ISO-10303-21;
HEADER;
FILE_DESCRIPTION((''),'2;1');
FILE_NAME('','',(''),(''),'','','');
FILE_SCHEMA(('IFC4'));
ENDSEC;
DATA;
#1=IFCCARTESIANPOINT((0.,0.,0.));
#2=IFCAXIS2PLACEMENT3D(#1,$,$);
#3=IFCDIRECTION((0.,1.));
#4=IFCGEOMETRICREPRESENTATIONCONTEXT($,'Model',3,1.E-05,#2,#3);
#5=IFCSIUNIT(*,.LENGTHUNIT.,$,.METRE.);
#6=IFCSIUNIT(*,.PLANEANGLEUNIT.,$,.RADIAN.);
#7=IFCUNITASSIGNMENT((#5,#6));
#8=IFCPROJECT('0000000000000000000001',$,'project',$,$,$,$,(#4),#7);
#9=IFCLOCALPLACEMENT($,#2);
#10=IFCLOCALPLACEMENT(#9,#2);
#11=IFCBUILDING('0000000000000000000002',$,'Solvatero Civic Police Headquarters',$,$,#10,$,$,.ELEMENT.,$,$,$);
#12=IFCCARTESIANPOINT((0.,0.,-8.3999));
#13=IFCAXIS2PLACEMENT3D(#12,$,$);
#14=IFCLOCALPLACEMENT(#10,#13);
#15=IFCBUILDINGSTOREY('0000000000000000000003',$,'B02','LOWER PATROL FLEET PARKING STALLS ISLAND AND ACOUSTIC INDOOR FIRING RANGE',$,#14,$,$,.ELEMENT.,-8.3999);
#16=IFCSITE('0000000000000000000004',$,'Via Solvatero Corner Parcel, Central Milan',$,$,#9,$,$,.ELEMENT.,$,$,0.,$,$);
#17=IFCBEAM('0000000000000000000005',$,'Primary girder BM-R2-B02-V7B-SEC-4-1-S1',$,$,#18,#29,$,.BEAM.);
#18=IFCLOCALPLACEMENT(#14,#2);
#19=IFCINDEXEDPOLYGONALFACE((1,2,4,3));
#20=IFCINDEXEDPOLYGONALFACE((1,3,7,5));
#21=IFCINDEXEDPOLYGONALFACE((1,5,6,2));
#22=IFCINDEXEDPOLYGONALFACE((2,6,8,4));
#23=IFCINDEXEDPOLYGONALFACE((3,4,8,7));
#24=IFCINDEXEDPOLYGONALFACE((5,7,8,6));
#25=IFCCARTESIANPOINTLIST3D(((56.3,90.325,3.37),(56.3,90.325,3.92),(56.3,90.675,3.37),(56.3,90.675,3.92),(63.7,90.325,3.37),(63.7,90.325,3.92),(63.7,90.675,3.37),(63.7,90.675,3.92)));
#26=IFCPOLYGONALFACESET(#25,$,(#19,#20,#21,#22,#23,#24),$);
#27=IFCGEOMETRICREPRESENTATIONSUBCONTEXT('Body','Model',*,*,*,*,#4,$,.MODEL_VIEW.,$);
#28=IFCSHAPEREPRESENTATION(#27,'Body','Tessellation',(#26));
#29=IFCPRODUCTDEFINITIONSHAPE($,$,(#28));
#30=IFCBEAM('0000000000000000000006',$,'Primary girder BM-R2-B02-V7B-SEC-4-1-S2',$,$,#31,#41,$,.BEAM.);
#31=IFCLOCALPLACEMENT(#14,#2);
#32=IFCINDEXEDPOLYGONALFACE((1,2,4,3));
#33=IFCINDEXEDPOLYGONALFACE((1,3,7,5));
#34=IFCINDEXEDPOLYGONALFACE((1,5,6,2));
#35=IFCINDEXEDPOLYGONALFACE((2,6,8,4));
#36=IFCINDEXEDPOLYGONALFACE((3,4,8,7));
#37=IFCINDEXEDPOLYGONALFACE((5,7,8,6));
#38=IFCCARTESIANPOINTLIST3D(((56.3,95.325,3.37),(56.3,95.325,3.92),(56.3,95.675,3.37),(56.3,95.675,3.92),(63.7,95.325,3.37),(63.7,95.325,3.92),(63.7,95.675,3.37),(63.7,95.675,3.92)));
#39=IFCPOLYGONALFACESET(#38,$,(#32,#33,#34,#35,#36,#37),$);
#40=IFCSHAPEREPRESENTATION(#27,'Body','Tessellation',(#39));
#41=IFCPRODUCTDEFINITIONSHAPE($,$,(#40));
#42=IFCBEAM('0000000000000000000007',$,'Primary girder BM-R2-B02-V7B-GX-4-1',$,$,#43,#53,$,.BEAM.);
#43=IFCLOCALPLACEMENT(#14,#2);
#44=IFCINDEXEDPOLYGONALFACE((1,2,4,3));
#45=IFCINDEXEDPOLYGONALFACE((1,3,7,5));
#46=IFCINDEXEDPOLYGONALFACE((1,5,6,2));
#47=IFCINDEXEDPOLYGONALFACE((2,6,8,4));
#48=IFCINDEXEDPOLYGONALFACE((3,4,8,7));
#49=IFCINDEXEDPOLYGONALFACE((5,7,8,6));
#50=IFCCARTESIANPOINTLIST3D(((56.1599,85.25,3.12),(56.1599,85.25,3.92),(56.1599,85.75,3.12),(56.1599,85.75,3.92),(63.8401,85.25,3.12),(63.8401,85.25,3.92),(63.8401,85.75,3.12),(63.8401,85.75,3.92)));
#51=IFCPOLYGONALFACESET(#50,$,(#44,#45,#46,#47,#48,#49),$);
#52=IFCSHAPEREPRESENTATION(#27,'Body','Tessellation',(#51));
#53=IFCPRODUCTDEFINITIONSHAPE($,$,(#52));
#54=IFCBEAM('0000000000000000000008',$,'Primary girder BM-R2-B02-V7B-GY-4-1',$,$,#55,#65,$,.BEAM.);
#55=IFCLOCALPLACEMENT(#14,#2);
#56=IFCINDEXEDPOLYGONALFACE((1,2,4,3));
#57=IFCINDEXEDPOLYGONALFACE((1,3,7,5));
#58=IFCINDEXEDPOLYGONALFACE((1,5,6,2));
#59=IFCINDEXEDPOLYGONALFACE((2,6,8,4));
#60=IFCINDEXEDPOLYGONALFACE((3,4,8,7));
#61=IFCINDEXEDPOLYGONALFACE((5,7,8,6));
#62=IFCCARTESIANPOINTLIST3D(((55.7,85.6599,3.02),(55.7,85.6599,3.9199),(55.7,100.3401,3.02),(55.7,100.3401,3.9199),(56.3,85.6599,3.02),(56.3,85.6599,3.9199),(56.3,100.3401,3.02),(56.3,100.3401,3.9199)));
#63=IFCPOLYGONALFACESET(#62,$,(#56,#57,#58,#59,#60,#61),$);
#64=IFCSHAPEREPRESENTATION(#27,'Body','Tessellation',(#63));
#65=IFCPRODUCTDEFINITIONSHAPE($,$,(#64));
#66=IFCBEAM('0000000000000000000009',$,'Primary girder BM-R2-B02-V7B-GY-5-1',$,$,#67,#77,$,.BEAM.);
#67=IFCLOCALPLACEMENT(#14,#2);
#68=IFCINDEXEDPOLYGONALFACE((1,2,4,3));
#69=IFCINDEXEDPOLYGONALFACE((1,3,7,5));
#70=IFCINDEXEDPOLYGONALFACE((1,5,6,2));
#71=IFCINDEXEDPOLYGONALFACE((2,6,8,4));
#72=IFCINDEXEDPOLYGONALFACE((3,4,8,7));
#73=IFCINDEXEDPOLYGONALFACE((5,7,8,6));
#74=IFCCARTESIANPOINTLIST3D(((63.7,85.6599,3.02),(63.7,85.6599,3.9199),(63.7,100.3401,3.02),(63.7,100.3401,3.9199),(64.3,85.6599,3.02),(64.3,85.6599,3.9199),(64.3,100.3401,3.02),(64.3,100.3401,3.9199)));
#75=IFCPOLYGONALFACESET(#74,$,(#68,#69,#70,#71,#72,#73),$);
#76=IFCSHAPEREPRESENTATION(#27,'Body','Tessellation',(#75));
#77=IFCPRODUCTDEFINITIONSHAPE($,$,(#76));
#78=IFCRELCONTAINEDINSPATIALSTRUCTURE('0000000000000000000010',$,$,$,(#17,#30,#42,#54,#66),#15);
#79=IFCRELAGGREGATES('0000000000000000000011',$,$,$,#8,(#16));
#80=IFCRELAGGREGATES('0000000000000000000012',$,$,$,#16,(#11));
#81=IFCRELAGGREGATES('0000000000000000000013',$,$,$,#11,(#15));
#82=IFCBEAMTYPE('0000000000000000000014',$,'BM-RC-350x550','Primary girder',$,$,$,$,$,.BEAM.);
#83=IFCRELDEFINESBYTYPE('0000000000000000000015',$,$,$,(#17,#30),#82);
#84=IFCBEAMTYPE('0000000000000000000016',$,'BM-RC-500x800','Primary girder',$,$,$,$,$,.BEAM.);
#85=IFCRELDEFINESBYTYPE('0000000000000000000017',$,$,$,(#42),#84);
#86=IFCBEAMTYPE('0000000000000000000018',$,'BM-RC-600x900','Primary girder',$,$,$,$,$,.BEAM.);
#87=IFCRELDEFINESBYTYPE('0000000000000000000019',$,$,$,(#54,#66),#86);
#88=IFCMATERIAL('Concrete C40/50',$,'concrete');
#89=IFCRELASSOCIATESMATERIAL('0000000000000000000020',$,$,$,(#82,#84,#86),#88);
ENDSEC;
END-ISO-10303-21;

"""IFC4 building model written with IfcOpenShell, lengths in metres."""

from ifc_helpers import new_model, si_unit, direction, frame, origin, origin_2d, place, context, subcontext, project, spatial, rectangle, extrude, material, material_profile, profile_set, type_object, element, save


model = new_model("IFC4")

# Units and contexts
model_context = context("Model", 3, precision=1e-05, world=origin(), true_north=direction((0.0, 1.0)))
body_context = subcontext(model_context, "Body", "Model", "MODEL_VIEW")
ifc_project = project(units=[si_unit("LENGTHUNIT", "METRE"), si_unit("PLANEANGLEUNIT", "RADIAN")], contexts=[model_context])

# Site, building, storey
site_placement = place(None, origin())
site = spatial("IfcSite", under=ifc_project, at=site_placement, Name="Via Solvatero Corner Parcel, Central Milan", CompositionType="ELEMENT", RefElevation=0.0)
building_placement = place(site_placement, origin())
building = spatial("IfcBuilding", under=site, at=building_placement, Name="Solvatero Civic Police Headquarters", CompositionType="ELEMENT")
storey_placement = place(building_placement, frame((0.0, 0.0, -8.3999)))
storey = spatial("IfcBuildingStorey", under=building, at=storey_placement, Name="B02", Description="LOWER PATROL FLEET PARKING STALLS ISLAND AND ACOUSTIC INDOOR FIRING RANGE", CompositionType="ELEMENT", Elevation=-8.3999)

# Shared definitions
ifc_material_1 = material(Name="Concrete C40/50", Category="concrete")

# Beams
ifc_material_profile_1 = material_profile(ifc_material_1, rectangle(XDim=0.3501, YDim=0.55, at=origin_2d()), Name="RC 350x550")
ifc_profile_set_1 = profile_set([ifc_material_profile_1], Name="Concrete C40/50")
beam_type_1 = type_object("IfcBeamType", Name="BM-RC-350x550", Description="Primary girder", PredefinedType="BEAM", material=ifc_profile_set_1)
for number, where, z_axis, x_axis, name in (
    (1, (56.3, 90.5, 3.645), (1.0, 0.0, 0.0), (0.0, 1.0, 0.0), "Primary girder BM-R2-B02-V7B-SEC-4-1-S1"),
    (2, (56.3, 95.5, 3.645), (1.0, 0.0, 0.0), (0.0, 1.0, 0.0), "Primary girder BM-R2-B02-V7B-SEC-4-1-S2"),
):
    element("IfcBeam", number, at=place(storey_placement, frame(where, z_axis=z_axis, x_axis=x_axis)), inside=storey, type_object=beam_type_1, Name=name, PredefinedType="BEAM", context=body_context, shape_type="SweptSolid", body=[
        extrude(rectangle(XDim=0.3501, YDim=0.55, at=origin_2d()), origin(), (0.0, 0.0, 1.0), 7.3999),
    ])
ifc_material_profile_2 = material_profile(ifc_material_1, rectangle(XDim=0.5, YDim=0.8, at=origin_2d()), Name="RC 500x800")
ifc_profile_set_2 = profile_set([ifc_material_profile_2], Name="Concrete C40/50")
beam_type_2 = type_object("IfcBeamType", Name="BM-RC-500x800", Description="Primary girder", PredefinedType="BEAM", material=ifc_profile_set_2)
beam_placement = place(storey_placement, frame((56.1599, 85.5, 3.52), z_axis=(1.0, 0.0, 0.0), x_axis=(0.0, 1.0, 0.0)))
element("IfcBeam", 3, at=beam_placement, inside=storey, type_object=beam_type_2, Name="Primary girder BM-R2-B02-V7B-GX-4-1", PredefinedType="BEAM", context=body_context, shape_type="SweptSolid", body=[
    extrude(rectangle(XDim=0.5, YDim=0.8, at=origin_2d()), origin(), (0.0, 0.0, 1.0), 7.6802),
])
ifc_material_profile_3 = material_profile(ifc_material_1, rectangle(XDim=0.6001, YDim=0.8999, at=origin_2d()), Name="RC 600x900")
ifc_profile_set_3 = profile_set([ifc_material_profile_3], Name="Concrete C40/50")
beam_type_3 = type_object("IfcBeamType", Name="BM-RC-600x900", Description="Primary girder", PredefinedType="BEAM", material=ifc_profile_set_3)
for number, where, z_axis, x_axis, name in (
    (4, (56.0, 85.6599, 3.47), (0.0, 1.0, 0.0), (-1.0, 0.0, 0.0), "Primary girder BM-R2-B02-V7B-GY-4-1"),
    (5, (64.0, 85.6599, 3.47), (0.0, 1.0, 0.0), (-1.0, 0.0, 0.0), "Primary girder BM-R2-B02-V7B-GY-5-1"),
):
    element("IfcBeam", number, at=place(storey_placement, frame(where, z_axis=z_axis, x_axis=x_axis)), inside=storey, type_object=beam_type_3, Name=name, PredefinedType="BEAM", context=body_context, shape_type="SweptSolid", body=[
        extrude(rectangle(XDim=0.6001, YDim=0.8999, at=origin_2d()), origin(), (0.0, 0.0, 1.0), 14.6802),
    ])

save(model, "model.ifc")
